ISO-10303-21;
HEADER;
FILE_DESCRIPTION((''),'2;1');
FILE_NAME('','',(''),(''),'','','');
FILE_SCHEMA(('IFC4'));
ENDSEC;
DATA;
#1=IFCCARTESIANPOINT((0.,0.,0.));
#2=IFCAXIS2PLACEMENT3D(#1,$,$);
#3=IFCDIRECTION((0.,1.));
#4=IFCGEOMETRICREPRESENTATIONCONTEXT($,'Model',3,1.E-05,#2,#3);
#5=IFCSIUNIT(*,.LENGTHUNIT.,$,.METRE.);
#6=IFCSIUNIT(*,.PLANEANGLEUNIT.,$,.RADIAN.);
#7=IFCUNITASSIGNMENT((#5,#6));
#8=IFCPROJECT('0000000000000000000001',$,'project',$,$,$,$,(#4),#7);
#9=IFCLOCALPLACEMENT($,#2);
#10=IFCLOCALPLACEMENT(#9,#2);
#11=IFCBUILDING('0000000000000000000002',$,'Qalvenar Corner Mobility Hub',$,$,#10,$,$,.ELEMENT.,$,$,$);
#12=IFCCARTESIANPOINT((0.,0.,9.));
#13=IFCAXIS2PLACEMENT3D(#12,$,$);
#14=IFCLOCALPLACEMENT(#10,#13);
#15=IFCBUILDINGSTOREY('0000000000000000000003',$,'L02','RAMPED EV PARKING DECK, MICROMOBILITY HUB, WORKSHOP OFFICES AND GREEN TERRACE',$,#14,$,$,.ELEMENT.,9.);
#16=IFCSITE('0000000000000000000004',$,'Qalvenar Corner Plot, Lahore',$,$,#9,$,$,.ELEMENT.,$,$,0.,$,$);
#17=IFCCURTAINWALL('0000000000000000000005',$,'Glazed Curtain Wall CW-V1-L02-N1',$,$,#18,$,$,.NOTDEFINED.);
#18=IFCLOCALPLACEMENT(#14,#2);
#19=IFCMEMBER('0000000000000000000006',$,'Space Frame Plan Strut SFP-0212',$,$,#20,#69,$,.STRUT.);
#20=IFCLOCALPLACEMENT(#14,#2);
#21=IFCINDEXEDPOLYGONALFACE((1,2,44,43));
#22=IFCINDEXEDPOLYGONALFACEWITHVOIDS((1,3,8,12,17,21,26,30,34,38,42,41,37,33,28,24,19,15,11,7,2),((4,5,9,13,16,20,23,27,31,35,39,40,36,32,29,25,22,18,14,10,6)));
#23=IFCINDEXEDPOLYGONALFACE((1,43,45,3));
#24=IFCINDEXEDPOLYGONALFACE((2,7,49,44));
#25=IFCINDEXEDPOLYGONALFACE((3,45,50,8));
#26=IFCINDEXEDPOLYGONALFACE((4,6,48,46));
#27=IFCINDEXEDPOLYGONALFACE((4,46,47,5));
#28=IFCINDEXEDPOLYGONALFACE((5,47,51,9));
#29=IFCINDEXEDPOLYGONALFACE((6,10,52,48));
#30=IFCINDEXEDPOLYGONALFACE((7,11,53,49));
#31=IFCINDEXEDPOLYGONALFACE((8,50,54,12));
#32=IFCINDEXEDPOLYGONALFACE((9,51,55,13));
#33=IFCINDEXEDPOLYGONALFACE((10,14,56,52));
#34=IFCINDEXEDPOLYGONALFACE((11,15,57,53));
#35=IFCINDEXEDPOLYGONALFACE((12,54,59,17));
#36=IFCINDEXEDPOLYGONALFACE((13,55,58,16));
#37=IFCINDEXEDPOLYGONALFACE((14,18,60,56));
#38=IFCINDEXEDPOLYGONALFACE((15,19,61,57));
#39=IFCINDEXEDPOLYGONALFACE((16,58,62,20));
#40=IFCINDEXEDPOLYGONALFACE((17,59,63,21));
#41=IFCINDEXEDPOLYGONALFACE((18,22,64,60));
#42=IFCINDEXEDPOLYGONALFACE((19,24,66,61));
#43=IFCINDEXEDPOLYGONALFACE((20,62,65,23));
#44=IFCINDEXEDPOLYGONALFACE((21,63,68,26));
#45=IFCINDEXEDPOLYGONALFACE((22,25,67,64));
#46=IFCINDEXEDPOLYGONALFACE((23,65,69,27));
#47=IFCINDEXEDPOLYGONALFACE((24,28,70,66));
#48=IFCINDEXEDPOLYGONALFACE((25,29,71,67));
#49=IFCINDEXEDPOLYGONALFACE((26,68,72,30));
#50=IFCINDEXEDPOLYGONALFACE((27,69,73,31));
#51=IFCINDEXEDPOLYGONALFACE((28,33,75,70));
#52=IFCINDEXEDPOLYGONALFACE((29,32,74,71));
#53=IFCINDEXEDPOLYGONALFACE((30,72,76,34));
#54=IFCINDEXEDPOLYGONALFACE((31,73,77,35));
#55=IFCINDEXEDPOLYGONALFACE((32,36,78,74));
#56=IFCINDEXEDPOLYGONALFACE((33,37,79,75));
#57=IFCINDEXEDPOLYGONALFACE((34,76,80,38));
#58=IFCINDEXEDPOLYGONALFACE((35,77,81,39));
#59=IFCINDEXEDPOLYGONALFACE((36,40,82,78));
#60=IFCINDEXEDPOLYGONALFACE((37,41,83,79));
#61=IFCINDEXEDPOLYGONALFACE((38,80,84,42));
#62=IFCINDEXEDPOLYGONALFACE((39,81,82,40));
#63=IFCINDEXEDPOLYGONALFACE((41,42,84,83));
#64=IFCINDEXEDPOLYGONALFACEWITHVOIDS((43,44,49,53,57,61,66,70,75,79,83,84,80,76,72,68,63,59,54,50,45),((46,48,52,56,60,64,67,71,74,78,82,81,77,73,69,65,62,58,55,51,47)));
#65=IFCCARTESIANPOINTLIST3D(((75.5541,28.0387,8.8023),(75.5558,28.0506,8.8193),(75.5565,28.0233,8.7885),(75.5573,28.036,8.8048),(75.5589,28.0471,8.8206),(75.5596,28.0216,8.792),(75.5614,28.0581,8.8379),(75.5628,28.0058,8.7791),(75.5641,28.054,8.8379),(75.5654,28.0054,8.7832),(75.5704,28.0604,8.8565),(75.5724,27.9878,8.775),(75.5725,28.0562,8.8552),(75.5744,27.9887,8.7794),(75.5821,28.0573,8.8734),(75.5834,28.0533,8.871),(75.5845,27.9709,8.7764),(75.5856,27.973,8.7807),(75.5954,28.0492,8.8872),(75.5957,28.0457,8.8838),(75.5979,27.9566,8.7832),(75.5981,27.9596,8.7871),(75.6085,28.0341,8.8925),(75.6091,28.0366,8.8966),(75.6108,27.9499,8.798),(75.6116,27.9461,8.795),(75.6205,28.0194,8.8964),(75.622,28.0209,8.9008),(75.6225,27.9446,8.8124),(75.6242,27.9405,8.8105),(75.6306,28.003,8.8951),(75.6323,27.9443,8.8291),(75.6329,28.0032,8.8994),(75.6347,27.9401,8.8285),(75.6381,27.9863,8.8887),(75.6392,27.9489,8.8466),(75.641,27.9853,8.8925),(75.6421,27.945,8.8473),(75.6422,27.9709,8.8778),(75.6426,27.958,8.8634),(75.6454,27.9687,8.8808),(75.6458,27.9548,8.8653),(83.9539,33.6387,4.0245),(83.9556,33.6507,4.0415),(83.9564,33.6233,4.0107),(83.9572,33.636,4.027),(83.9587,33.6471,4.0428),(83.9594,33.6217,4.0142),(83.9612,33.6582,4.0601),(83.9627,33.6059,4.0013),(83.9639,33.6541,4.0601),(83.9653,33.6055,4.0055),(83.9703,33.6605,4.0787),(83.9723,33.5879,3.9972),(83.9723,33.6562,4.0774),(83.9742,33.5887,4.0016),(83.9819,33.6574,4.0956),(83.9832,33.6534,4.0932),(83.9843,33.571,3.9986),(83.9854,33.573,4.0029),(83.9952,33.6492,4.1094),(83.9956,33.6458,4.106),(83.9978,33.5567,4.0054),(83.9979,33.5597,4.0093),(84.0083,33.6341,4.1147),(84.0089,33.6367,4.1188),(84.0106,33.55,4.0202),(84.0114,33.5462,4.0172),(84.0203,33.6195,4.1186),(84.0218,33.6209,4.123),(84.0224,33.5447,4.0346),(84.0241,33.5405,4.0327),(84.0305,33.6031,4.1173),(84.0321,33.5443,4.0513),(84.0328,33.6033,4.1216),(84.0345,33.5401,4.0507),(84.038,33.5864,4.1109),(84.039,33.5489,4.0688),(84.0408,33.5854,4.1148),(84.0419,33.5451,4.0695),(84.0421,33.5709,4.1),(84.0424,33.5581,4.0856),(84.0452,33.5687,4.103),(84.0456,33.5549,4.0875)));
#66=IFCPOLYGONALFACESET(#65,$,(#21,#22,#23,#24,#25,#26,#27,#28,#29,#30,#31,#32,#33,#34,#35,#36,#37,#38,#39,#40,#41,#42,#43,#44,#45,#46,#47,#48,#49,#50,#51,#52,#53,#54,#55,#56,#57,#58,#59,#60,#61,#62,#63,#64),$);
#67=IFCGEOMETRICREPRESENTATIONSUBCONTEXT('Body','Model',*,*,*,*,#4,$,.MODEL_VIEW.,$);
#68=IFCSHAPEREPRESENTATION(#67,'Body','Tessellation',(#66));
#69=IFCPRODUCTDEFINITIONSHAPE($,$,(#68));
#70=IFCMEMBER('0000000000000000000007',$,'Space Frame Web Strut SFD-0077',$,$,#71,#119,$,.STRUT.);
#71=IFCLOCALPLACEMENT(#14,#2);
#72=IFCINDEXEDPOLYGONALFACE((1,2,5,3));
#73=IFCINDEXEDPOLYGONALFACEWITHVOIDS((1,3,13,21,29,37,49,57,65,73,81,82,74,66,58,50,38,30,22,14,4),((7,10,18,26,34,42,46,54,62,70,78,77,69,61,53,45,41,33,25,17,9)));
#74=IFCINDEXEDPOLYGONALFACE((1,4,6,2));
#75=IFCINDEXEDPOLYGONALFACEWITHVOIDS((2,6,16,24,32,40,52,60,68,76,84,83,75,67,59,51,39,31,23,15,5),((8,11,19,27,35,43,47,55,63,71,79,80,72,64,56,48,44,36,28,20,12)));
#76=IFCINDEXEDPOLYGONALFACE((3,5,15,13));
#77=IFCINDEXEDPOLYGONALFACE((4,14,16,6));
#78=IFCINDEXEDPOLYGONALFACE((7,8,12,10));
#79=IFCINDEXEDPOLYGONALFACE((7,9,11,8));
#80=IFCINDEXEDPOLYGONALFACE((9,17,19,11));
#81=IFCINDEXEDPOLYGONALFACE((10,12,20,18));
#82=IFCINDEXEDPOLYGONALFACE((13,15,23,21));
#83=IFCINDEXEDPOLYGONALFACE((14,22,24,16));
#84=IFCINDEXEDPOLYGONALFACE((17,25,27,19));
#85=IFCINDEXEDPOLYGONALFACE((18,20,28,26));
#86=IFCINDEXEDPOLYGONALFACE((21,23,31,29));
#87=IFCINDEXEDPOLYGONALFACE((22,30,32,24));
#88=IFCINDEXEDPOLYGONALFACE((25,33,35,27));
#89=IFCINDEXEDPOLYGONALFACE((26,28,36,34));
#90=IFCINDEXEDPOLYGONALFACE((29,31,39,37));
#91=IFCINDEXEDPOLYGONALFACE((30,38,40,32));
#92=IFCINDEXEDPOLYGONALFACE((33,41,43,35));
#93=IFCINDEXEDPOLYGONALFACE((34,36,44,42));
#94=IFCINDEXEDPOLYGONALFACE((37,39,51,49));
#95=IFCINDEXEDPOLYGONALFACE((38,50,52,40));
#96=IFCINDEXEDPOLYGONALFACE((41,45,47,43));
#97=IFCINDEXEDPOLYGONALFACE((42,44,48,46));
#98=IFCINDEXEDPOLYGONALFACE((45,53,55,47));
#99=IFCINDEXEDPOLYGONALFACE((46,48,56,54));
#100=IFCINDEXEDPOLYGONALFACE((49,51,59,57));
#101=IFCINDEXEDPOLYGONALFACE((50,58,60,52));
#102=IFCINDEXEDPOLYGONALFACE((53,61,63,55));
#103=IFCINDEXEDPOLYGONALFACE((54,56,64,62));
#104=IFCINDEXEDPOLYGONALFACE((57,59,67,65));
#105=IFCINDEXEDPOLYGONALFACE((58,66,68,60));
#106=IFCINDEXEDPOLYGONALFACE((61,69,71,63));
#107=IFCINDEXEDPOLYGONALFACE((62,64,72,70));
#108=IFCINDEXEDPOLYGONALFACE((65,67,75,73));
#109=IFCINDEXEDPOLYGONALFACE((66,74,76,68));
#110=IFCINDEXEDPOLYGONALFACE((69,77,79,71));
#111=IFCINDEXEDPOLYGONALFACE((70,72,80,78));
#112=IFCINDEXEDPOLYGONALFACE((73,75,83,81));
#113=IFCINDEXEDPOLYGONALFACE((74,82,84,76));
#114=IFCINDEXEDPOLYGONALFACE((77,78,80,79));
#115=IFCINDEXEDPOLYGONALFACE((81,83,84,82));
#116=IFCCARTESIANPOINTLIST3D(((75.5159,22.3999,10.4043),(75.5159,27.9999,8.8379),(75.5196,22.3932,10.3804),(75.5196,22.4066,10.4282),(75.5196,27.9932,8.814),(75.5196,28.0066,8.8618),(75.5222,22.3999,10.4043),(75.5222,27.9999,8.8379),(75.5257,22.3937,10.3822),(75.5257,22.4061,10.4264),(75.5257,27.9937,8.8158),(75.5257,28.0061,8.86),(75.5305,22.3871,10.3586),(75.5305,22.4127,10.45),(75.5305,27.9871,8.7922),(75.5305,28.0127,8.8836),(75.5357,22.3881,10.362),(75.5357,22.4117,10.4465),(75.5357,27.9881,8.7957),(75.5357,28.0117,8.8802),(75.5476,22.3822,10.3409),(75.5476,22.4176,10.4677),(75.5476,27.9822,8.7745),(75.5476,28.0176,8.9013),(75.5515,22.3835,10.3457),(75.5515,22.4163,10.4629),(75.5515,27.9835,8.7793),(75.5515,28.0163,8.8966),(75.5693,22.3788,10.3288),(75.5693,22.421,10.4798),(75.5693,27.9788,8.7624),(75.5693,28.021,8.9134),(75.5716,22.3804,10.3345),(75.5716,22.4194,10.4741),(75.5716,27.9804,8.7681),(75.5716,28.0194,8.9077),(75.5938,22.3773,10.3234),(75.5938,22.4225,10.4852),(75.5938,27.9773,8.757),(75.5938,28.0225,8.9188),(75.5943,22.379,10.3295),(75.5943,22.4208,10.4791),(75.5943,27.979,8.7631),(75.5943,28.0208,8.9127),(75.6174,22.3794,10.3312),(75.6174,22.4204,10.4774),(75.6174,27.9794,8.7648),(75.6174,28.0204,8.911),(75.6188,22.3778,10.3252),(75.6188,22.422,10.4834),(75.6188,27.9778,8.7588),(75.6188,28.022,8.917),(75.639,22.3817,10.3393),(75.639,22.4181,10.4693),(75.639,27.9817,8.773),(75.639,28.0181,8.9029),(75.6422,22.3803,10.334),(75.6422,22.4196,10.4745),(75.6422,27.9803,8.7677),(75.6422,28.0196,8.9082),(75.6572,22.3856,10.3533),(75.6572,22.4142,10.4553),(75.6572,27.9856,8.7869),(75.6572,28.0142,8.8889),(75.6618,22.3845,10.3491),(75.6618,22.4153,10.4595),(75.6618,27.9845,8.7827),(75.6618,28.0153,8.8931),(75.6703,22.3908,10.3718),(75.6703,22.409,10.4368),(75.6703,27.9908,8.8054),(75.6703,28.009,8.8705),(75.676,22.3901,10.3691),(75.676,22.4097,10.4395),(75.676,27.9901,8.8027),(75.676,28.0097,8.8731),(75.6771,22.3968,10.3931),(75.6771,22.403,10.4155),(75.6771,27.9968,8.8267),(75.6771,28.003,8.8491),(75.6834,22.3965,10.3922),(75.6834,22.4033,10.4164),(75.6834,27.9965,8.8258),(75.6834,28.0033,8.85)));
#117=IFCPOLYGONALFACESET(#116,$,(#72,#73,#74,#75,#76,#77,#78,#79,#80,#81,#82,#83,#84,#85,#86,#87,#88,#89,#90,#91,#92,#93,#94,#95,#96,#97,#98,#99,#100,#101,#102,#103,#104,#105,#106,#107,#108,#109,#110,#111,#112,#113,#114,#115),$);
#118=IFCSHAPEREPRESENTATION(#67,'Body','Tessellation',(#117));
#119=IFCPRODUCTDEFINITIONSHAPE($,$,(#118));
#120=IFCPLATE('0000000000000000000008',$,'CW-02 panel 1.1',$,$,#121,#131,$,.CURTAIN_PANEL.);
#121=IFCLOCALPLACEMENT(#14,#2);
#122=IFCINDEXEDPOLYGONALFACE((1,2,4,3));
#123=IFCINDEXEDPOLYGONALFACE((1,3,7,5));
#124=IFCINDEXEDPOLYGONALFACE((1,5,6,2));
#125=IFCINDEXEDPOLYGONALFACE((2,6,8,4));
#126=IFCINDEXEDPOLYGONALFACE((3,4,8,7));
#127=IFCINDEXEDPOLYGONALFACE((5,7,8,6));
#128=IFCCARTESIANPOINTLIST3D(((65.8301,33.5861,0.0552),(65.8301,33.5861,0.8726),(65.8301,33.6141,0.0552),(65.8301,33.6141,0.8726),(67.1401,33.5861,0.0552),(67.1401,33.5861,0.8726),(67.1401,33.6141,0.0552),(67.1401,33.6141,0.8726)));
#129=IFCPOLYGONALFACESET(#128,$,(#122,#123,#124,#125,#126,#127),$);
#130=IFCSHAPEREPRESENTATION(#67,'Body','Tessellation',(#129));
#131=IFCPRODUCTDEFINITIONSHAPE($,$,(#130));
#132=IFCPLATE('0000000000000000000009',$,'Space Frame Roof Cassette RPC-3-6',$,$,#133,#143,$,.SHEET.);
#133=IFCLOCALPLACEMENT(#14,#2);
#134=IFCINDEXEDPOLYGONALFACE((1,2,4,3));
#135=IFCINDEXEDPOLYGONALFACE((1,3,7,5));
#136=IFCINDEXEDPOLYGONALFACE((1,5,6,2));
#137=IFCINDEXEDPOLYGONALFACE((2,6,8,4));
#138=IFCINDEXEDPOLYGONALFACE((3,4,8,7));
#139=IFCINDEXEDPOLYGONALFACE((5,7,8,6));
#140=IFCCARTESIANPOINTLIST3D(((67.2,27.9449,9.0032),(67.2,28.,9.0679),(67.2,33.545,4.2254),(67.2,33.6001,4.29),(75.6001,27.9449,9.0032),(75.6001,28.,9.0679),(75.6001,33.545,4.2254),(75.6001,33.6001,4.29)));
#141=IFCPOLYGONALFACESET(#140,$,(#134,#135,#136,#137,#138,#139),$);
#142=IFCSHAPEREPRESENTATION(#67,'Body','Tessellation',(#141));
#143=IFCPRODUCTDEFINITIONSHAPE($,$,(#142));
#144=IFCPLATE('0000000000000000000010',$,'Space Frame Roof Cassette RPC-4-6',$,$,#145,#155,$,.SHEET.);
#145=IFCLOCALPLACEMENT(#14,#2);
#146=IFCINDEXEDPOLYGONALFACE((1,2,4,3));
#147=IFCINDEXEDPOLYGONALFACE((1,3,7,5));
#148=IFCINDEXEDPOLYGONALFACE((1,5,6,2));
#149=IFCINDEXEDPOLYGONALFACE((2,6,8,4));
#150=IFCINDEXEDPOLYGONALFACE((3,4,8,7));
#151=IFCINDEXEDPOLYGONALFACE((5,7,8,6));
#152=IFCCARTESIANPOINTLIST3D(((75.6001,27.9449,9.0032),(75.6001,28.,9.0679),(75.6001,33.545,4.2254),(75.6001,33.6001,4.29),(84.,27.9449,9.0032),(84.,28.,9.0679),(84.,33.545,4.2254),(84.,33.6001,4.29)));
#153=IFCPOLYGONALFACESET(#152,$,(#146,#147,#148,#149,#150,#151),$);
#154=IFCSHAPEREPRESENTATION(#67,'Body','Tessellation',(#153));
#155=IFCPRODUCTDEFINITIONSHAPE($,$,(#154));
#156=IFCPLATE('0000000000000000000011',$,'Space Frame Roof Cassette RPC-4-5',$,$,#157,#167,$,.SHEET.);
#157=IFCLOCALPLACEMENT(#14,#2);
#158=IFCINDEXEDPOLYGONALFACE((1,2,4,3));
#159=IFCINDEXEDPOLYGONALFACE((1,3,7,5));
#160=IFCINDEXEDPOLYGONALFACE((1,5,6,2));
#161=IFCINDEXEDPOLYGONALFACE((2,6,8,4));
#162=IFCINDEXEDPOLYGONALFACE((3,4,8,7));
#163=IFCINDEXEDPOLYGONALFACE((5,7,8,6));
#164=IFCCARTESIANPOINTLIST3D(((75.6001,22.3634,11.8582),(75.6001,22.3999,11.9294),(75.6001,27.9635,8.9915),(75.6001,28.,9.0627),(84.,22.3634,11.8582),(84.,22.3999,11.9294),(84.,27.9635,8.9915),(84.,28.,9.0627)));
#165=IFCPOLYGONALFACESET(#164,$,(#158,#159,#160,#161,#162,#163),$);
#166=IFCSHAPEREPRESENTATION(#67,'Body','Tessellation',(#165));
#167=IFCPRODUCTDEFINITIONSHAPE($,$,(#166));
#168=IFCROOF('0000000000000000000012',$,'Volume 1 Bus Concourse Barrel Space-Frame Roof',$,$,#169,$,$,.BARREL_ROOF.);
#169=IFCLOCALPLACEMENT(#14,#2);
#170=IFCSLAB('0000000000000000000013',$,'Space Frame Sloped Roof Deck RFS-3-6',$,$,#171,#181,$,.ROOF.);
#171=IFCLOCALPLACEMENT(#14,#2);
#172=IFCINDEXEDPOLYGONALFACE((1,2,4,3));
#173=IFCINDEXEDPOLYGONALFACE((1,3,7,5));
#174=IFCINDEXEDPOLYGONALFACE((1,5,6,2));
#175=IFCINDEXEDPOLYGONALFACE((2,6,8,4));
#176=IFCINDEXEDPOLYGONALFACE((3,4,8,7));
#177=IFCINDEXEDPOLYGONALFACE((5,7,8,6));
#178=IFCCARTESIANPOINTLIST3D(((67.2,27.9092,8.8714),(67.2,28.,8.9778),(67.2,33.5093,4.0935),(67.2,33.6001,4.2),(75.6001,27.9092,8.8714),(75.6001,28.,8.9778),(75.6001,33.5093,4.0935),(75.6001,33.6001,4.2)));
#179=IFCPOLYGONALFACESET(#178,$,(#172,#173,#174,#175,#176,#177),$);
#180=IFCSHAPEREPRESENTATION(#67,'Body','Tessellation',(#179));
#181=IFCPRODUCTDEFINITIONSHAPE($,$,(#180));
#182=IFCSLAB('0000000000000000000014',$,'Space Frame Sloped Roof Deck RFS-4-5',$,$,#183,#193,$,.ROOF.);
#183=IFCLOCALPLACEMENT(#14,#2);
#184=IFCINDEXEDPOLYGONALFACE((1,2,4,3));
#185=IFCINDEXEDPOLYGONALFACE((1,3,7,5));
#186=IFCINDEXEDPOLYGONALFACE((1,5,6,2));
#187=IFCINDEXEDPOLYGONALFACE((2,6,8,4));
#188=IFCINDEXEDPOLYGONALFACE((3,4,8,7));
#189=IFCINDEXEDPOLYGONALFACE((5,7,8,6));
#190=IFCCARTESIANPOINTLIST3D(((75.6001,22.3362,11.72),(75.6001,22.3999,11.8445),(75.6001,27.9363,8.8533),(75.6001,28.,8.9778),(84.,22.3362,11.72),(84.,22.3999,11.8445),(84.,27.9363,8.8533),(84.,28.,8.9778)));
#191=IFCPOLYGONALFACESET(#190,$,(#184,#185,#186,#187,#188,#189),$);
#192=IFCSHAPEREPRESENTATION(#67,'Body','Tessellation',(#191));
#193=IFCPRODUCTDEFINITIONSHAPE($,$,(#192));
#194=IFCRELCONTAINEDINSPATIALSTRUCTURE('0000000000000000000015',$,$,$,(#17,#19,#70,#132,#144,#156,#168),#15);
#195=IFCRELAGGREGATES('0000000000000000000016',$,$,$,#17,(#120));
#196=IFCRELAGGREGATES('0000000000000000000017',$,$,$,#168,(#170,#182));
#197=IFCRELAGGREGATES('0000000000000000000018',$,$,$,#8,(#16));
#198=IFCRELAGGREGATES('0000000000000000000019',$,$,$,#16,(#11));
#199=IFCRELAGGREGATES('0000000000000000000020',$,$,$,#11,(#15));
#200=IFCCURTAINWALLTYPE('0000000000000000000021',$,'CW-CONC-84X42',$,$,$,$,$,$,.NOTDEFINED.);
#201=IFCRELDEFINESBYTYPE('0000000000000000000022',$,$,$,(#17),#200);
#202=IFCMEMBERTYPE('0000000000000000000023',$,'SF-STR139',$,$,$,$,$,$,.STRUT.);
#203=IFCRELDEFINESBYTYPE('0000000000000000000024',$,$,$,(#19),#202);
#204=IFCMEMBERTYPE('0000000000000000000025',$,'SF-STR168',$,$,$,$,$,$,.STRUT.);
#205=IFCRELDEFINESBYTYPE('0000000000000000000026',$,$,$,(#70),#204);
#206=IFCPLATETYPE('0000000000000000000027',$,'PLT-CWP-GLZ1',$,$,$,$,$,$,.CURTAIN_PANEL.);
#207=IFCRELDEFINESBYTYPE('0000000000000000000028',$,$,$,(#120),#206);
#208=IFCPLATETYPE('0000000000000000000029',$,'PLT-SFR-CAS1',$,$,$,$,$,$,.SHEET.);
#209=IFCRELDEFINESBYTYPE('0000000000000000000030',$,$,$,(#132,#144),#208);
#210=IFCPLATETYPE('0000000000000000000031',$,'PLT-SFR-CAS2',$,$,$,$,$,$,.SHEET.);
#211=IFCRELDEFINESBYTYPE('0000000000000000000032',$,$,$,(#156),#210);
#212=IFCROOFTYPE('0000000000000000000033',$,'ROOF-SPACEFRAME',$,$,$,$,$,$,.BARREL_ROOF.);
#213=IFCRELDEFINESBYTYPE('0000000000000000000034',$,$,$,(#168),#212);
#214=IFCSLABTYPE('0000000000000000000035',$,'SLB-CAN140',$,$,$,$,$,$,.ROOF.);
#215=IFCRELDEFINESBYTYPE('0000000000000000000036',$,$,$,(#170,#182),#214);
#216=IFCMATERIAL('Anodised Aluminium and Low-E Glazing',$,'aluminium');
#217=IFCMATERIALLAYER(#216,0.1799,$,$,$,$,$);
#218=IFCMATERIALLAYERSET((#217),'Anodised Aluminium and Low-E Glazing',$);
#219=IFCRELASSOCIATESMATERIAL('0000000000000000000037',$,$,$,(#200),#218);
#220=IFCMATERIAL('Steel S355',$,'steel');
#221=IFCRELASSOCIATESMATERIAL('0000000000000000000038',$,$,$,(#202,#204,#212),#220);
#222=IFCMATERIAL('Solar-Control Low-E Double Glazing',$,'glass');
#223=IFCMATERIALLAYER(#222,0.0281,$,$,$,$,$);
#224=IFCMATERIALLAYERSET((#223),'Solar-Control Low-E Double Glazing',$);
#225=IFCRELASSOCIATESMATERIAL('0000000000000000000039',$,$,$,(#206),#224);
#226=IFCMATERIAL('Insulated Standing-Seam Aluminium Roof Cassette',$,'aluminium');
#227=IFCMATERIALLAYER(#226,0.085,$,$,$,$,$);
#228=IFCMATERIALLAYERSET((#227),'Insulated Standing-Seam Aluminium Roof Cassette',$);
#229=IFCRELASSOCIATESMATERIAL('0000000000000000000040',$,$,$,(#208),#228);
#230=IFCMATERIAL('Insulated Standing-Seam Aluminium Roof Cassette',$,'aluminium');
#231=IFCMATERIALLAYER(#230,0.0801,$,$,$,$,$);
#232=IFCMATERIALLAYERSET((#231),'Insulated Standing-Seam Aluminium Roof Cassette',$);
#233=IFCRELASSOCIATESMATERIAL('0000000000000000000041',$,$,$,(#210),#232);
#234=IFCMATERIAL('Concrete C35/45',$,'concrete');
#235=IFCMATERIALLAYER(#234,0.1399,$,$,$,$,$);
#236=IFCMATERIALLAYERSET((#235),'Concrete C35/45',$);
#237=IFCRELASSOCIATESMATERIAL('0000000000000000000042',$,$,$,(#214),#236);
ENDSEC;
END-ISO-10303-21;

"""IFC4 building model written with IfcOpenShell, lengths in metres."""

from ifc_helpers import new_model, si_unit, direction, frame, origin, origin_2d, place, context, subcontext, project, spatial, polyline, rectangle, hollow_circle, outline, extrude, material, layer, layer_set, material_profile, profile_set, type_object, element, aggregate, save


model = new_model("IFC4")

# Units and contexts
model_context = context("Model", 3, precision=1e-05, world=origin(), true_north=direction((0.0, 1.0)))
body_context = subcontext(model_context, "Body", "Model", "MODEL_VIEW")
ifc_project = project(units=[si_unit("LENGTHUNIT", "METRE"), si_unit("PLANEANGLEUNIT", "RADIAN")], contexts=[model_context])

# Site, building, storey
site_placement = place(None, origin())
site = spatial("IfcSite", under=ifc_project, at=site_placement, Name="Qalvenar Corner Plot, Lahore", CompositionType="ELEMENT", RefElevation=0.0)
building_placement = place(site_placement, origin())
building = spatial("IfcBuilding", under=site, at=building_placement, Name="Qalvenar Corner Mobility Hub", CompositionType="ELEMENT")
storey_placement = place(building_placement, frame((0.0, 0.0, 9.0)))
storey = spatial("IfcBuildingStorey", under=building, at=storey_placement, Name="L02", Description="RAMPED EV PARKING DECK, MICROMOBILITY HUB, WORKSHOP OFFICES AND GREEN TERRACE", CompositionType="ELEMENT", Elevation=9.0)

# Curtain wall
ifc_material_1 = material(Name="Anodised Aluminium and Low-E Glazing", Category="aluminium")
ifc_layer_1 = layer(ifc_material_1, 0.1799)
ifc_layer_set_1 = layer_set([ifc_layer_1], Name="Anodised Aluminium and Low-E Glazing")
curtain_wall_type = type_object("IfcCurtainWallType", Name="CW-CONC-84X42", PredefinedType="NOTDEFINED", material=ifc_layer_set_1)
curtain_wall_placement = place(storey_placement, origin())
curtain_wall = element("IfcCurtainWall", 1, at=curtain_wall_placement, inside=storey, type_object=curtain_wall_type, Name="Glazed Curtain Wall CW-V1-L02-N1", PredefinedType="NOTDEFINED")

# Members
ifc_material_2 = material(Name="Steel S355", Category="steel")
ifc_material_profile_1 = material_profile(ifc_material_2, hollow_circle(Radius=0.0698, WallThickness=0.0049, at=origin_2d()), Name="CHS139.7x5")
ifc_profile_set_1 = profile_set([ifc_material_profile_1], Name="Steel S355")
member_type_1 = type_object("IfcMemberType", Name="SF-STR139", PredefinedType="STRUT", material=ifc_profile_set_1)
member_1_placement = place(storey_placement, frame((75.6001, 28.0, 8.8379), z_axis=(0.752071, 0.501395, -0.427775), x_axis=(-0.554711, 0.832043, 0.0)))
element("IfcMember", 2, at=member_1_placement, inside=storey, type_object=member_type_1, Name="Space Frame Plan Strut SFP-0212", PredefinedType="STRUT", context=body_context, shape_type="SweptSolid", body=[
    extrude(hollow_circle(Radius=0.0698, WallThickness=0.0049, at=origin_2d()), origin(), (0.0, 0.0, 1.0), 11.1689),
])
ifc_material_profile_2 = material_profile(ifc_material_2, hollow_circle(Radius=0.0842, WallThickness=0.0063, at=origin_2d()), Name="CHS168.3x6.3")
ifc_profile_set_2 = profile_set([ifc_material_profile_2], Name="Steel S355")
member_type_2 = type_object("IfcMemberType", Name="SF-STR168", PredefinedType="STRUT", material=ifc_profile_set_2)
member_2_placement = place(storey_placement, frame((75.6001, 22.3999, 10.4043), z_axis=(0.0, 0.963036, -0.269371), x_axis=(-1.0, 0.0, 0.0)))
element("IfcMember", 3, at=member_2_placement, inside=storey, type_object=member_type_2, Name="Space Frame Web Strut SFD-0077", PredefinedType="STRUT", context=body_context, shape_type="SweptSolid", body=[
    extrude(hollow_circle(Radius=0.0842, WallThickness=0.0063, at=origin_2d()), origin(), (0.0, 0.0, 1.0), 5.8149),
])

# Plate
ifc_material_3 = material(Name="Solar-Control Low-E Double Glazing", Category="glass")
ifc_layer_2 = layer(ifc_material_3, 0.0281)
ifc_layer_set_2 = layer_set([ifc_layer_2], Name="Solar-Control Low-E Double Glazing")
plate_type_1 = type_object("IfcPlateType", Name="PLT-CWP-GLZ1", PredefinedType="CURTAIN_PANEL", material=ifc_layer_set_2)
plate_1_placement = place(storey_placement, frame((66.4851, 33.6001, 0.0552), z_axis=(0.0, 0.0, 1.0), x_axis=(-1.0, 0.0, 0.0)))
plate_1 = element("IfcPlate", 4, at=plate_1_placement, type_object=plate_type_1, Name="CW-02 panel 1.1", PredefinedType="CURTAIN_PANEL", context=body_context, shape_type="SweptSolid", body=[
    extrude(rectangle(XDim=1.3101, YDim=0.0281, at=origin_2d()), origin(), (0.0, 0.0, 1.0), 0.8174),
])
aggregate(curtain_wall, [plate_1])

# Plates
ifc_material_4 = material(Name="Insulated Standing-Seam Aluminium Roof Cassette", Category="aluminium")
ifc_layer_3 = layer(ifc_material_4, 0.085)
ifc_layer_set_3 = layer_set([ifc_layer_3], Name="Insulated Standing-Seam Aluminium Roof Cassette")
plate_type_2 = type_object("IfcPlateType", Name="PLT-SFR-CAS1", PredefinedType="SHEET", material=ifc_layer_set_3)
plate_2_placement = place(storey_placement, frame((67.2, 28.0, 9.0679), z_axis=(0.0, 0.649047, 0.760748), x_axis=(1.0, 0.0, 0.0)))
element("IfcPlate", 5, at=plate_2_placement, inside=storey, type_object=plate_type_2, Name="Space Frame Roof Cassette RPC-3-6", PredefinedType="SHEET", context=body_context, shape_type="SweptSolid", body=[
    extrude(outline(polyline([(0.0, 0.0), (8.4001, 0.0), (8.4001, 7.3613), (0.0, 7.3613), (0.0, 0.0)])), origin(), (0.0, 0.0, -1.0), 0.085),
])
plate_3_placement = place(storey_placement, frame((75.6001, 28.0, 9.0679), z_axis=(0.0, 0.649047, 0.760748), x_axis=(1.0, 0.0, 0.0)))
element("IfcPlate", 6, at=plate_3_placement, inside=storey, type_object=plate_type_2, Name="Space Frame Roof Cassette RPC-4-6", PredefinedType="SHEET", context=body_context, shape_type="SweptSolid", body=[
    extrude(outline(polyline([(0.0, 0.0), (8.3999, 0.0), (8.3999, 7.3613), (0.0, 7.3613), (0.0, 0.0)])), origin(), (0.0, 0.0, -1.0), 0.085),
])
ifc_material_5 = material(Name="Insulated Standing-Seam Aluminium Roof Cassette", Category="aluminium")
ifc_layer_4 = layer(ifc_material_5, 0.0801)
ifc_layer_set_4 = layer_set([ifc_layer_4], Name="Insulated Standing-Seam Aluminium Roof Cassette")
plate_type_3 = type_object("IfcPlateType", Name="PLT-SFR-CAS2", PredefinedType="SHEET", material=ifc_layer_set_4)
plate_4_placement = place(storey_placement, frame((75.6001, 22.3999, 11.9294), z_axis=(0.0, 0.455669, 0.890149), x_axis=(1.0, 0.0, 0.0)))
element("IfcPlate", 7, at=plate_4_placement, inside=storey, type_object=plate_type_3, Name="Space Frame Roof Cassette RPC-4-5", PredefinedType="SHEET", context=body_context, shape_type="SweptSolid", body=[
    extrude(outline(polyline([(0.0, 0.0), (8.3999, 0.0), (8.3999, 6.2912), (0.0, 6.2912), (0.0, 0.0)])), origin(), (0.0, 0.0, -1.0), 0.0801),
])

# Roof, slabs
roof_type = type_object("IfcRoofType", Name="ROOF-SPACEFRAME", PredefinedType="BARREL_ROOF", material=ifc_material_2)
roof_placement = place(storey_placement, origin())
roof = element("IfcRoof", 8, at=roof_placement, inside=storey, type_object=roof_type, Name="Volume 1 Bus Concourse Barrel Space-Frame Roof", PredefinedType="BARREL_ROOF")
ifc_material_6 = material(Name="Concrete C35/45", Category="concrete")
ifc_layer_5 = layer(ifc_material_6, 0.1399)
ifc_layer_set_5 = layer_set([ifc_layer_5], Name="Concrete C35/45")
slab_type = type_object("IfcSlabType", Name="SLB-CAN140", PredefinedType="ROOF", material=ifc_layer_set_5)
slab_1_placement = place(storey_placement, frame((67.2, 28.0, 8.9778), z_axis=(0.0, 0.649047, 0.760748), x_axis=(1.0, 0.0, 0.0)))
slab_1 = element("IfcSlab", 9, at=slab_1_placement, type_object=slab_type, Name="Space Frame Sloped Roof Deck RFS-3-6", PredefinedType="ROOF", context=body_context, shape_type="SweptSolid", body=[
    extrude(outline(polyline([(0.0, 0.0), (8.4001, 0.0), (8.4001, 7.3613), (0.0, 7.3613), (0.0, 0.0)])), origin(), (0.0, 0.0, -1.0), 0.1399),
])
slab_2_placement = place(storey_placement, frame((75.6001, 22.3999, 11.8445), z_axis=(0.0, 0.455669, 0.890149), x_axis=(1.0, 0.0, 0.0)))
slab_2 = element("IfcSlab", 10, at=slab_2_placement, type_object=slab_type, Name="Space Frame Sloped Roof Deck RFS-4-5", PredefinedType="ROOF", context=body_context, shape_type="SweptSolid", body=[
    extrude(outline(polyline([(0.0, 0.0), (8.3999, 0.0), (8.3999, 6.2912), (0.0, 6.2912), (0.0, 0.0)])), origin(), (0.0, 0.0, -1.0), 0.1399),
])
aggregate(roof, [slab_1, slab_2])

save(model, "model.ifc")
